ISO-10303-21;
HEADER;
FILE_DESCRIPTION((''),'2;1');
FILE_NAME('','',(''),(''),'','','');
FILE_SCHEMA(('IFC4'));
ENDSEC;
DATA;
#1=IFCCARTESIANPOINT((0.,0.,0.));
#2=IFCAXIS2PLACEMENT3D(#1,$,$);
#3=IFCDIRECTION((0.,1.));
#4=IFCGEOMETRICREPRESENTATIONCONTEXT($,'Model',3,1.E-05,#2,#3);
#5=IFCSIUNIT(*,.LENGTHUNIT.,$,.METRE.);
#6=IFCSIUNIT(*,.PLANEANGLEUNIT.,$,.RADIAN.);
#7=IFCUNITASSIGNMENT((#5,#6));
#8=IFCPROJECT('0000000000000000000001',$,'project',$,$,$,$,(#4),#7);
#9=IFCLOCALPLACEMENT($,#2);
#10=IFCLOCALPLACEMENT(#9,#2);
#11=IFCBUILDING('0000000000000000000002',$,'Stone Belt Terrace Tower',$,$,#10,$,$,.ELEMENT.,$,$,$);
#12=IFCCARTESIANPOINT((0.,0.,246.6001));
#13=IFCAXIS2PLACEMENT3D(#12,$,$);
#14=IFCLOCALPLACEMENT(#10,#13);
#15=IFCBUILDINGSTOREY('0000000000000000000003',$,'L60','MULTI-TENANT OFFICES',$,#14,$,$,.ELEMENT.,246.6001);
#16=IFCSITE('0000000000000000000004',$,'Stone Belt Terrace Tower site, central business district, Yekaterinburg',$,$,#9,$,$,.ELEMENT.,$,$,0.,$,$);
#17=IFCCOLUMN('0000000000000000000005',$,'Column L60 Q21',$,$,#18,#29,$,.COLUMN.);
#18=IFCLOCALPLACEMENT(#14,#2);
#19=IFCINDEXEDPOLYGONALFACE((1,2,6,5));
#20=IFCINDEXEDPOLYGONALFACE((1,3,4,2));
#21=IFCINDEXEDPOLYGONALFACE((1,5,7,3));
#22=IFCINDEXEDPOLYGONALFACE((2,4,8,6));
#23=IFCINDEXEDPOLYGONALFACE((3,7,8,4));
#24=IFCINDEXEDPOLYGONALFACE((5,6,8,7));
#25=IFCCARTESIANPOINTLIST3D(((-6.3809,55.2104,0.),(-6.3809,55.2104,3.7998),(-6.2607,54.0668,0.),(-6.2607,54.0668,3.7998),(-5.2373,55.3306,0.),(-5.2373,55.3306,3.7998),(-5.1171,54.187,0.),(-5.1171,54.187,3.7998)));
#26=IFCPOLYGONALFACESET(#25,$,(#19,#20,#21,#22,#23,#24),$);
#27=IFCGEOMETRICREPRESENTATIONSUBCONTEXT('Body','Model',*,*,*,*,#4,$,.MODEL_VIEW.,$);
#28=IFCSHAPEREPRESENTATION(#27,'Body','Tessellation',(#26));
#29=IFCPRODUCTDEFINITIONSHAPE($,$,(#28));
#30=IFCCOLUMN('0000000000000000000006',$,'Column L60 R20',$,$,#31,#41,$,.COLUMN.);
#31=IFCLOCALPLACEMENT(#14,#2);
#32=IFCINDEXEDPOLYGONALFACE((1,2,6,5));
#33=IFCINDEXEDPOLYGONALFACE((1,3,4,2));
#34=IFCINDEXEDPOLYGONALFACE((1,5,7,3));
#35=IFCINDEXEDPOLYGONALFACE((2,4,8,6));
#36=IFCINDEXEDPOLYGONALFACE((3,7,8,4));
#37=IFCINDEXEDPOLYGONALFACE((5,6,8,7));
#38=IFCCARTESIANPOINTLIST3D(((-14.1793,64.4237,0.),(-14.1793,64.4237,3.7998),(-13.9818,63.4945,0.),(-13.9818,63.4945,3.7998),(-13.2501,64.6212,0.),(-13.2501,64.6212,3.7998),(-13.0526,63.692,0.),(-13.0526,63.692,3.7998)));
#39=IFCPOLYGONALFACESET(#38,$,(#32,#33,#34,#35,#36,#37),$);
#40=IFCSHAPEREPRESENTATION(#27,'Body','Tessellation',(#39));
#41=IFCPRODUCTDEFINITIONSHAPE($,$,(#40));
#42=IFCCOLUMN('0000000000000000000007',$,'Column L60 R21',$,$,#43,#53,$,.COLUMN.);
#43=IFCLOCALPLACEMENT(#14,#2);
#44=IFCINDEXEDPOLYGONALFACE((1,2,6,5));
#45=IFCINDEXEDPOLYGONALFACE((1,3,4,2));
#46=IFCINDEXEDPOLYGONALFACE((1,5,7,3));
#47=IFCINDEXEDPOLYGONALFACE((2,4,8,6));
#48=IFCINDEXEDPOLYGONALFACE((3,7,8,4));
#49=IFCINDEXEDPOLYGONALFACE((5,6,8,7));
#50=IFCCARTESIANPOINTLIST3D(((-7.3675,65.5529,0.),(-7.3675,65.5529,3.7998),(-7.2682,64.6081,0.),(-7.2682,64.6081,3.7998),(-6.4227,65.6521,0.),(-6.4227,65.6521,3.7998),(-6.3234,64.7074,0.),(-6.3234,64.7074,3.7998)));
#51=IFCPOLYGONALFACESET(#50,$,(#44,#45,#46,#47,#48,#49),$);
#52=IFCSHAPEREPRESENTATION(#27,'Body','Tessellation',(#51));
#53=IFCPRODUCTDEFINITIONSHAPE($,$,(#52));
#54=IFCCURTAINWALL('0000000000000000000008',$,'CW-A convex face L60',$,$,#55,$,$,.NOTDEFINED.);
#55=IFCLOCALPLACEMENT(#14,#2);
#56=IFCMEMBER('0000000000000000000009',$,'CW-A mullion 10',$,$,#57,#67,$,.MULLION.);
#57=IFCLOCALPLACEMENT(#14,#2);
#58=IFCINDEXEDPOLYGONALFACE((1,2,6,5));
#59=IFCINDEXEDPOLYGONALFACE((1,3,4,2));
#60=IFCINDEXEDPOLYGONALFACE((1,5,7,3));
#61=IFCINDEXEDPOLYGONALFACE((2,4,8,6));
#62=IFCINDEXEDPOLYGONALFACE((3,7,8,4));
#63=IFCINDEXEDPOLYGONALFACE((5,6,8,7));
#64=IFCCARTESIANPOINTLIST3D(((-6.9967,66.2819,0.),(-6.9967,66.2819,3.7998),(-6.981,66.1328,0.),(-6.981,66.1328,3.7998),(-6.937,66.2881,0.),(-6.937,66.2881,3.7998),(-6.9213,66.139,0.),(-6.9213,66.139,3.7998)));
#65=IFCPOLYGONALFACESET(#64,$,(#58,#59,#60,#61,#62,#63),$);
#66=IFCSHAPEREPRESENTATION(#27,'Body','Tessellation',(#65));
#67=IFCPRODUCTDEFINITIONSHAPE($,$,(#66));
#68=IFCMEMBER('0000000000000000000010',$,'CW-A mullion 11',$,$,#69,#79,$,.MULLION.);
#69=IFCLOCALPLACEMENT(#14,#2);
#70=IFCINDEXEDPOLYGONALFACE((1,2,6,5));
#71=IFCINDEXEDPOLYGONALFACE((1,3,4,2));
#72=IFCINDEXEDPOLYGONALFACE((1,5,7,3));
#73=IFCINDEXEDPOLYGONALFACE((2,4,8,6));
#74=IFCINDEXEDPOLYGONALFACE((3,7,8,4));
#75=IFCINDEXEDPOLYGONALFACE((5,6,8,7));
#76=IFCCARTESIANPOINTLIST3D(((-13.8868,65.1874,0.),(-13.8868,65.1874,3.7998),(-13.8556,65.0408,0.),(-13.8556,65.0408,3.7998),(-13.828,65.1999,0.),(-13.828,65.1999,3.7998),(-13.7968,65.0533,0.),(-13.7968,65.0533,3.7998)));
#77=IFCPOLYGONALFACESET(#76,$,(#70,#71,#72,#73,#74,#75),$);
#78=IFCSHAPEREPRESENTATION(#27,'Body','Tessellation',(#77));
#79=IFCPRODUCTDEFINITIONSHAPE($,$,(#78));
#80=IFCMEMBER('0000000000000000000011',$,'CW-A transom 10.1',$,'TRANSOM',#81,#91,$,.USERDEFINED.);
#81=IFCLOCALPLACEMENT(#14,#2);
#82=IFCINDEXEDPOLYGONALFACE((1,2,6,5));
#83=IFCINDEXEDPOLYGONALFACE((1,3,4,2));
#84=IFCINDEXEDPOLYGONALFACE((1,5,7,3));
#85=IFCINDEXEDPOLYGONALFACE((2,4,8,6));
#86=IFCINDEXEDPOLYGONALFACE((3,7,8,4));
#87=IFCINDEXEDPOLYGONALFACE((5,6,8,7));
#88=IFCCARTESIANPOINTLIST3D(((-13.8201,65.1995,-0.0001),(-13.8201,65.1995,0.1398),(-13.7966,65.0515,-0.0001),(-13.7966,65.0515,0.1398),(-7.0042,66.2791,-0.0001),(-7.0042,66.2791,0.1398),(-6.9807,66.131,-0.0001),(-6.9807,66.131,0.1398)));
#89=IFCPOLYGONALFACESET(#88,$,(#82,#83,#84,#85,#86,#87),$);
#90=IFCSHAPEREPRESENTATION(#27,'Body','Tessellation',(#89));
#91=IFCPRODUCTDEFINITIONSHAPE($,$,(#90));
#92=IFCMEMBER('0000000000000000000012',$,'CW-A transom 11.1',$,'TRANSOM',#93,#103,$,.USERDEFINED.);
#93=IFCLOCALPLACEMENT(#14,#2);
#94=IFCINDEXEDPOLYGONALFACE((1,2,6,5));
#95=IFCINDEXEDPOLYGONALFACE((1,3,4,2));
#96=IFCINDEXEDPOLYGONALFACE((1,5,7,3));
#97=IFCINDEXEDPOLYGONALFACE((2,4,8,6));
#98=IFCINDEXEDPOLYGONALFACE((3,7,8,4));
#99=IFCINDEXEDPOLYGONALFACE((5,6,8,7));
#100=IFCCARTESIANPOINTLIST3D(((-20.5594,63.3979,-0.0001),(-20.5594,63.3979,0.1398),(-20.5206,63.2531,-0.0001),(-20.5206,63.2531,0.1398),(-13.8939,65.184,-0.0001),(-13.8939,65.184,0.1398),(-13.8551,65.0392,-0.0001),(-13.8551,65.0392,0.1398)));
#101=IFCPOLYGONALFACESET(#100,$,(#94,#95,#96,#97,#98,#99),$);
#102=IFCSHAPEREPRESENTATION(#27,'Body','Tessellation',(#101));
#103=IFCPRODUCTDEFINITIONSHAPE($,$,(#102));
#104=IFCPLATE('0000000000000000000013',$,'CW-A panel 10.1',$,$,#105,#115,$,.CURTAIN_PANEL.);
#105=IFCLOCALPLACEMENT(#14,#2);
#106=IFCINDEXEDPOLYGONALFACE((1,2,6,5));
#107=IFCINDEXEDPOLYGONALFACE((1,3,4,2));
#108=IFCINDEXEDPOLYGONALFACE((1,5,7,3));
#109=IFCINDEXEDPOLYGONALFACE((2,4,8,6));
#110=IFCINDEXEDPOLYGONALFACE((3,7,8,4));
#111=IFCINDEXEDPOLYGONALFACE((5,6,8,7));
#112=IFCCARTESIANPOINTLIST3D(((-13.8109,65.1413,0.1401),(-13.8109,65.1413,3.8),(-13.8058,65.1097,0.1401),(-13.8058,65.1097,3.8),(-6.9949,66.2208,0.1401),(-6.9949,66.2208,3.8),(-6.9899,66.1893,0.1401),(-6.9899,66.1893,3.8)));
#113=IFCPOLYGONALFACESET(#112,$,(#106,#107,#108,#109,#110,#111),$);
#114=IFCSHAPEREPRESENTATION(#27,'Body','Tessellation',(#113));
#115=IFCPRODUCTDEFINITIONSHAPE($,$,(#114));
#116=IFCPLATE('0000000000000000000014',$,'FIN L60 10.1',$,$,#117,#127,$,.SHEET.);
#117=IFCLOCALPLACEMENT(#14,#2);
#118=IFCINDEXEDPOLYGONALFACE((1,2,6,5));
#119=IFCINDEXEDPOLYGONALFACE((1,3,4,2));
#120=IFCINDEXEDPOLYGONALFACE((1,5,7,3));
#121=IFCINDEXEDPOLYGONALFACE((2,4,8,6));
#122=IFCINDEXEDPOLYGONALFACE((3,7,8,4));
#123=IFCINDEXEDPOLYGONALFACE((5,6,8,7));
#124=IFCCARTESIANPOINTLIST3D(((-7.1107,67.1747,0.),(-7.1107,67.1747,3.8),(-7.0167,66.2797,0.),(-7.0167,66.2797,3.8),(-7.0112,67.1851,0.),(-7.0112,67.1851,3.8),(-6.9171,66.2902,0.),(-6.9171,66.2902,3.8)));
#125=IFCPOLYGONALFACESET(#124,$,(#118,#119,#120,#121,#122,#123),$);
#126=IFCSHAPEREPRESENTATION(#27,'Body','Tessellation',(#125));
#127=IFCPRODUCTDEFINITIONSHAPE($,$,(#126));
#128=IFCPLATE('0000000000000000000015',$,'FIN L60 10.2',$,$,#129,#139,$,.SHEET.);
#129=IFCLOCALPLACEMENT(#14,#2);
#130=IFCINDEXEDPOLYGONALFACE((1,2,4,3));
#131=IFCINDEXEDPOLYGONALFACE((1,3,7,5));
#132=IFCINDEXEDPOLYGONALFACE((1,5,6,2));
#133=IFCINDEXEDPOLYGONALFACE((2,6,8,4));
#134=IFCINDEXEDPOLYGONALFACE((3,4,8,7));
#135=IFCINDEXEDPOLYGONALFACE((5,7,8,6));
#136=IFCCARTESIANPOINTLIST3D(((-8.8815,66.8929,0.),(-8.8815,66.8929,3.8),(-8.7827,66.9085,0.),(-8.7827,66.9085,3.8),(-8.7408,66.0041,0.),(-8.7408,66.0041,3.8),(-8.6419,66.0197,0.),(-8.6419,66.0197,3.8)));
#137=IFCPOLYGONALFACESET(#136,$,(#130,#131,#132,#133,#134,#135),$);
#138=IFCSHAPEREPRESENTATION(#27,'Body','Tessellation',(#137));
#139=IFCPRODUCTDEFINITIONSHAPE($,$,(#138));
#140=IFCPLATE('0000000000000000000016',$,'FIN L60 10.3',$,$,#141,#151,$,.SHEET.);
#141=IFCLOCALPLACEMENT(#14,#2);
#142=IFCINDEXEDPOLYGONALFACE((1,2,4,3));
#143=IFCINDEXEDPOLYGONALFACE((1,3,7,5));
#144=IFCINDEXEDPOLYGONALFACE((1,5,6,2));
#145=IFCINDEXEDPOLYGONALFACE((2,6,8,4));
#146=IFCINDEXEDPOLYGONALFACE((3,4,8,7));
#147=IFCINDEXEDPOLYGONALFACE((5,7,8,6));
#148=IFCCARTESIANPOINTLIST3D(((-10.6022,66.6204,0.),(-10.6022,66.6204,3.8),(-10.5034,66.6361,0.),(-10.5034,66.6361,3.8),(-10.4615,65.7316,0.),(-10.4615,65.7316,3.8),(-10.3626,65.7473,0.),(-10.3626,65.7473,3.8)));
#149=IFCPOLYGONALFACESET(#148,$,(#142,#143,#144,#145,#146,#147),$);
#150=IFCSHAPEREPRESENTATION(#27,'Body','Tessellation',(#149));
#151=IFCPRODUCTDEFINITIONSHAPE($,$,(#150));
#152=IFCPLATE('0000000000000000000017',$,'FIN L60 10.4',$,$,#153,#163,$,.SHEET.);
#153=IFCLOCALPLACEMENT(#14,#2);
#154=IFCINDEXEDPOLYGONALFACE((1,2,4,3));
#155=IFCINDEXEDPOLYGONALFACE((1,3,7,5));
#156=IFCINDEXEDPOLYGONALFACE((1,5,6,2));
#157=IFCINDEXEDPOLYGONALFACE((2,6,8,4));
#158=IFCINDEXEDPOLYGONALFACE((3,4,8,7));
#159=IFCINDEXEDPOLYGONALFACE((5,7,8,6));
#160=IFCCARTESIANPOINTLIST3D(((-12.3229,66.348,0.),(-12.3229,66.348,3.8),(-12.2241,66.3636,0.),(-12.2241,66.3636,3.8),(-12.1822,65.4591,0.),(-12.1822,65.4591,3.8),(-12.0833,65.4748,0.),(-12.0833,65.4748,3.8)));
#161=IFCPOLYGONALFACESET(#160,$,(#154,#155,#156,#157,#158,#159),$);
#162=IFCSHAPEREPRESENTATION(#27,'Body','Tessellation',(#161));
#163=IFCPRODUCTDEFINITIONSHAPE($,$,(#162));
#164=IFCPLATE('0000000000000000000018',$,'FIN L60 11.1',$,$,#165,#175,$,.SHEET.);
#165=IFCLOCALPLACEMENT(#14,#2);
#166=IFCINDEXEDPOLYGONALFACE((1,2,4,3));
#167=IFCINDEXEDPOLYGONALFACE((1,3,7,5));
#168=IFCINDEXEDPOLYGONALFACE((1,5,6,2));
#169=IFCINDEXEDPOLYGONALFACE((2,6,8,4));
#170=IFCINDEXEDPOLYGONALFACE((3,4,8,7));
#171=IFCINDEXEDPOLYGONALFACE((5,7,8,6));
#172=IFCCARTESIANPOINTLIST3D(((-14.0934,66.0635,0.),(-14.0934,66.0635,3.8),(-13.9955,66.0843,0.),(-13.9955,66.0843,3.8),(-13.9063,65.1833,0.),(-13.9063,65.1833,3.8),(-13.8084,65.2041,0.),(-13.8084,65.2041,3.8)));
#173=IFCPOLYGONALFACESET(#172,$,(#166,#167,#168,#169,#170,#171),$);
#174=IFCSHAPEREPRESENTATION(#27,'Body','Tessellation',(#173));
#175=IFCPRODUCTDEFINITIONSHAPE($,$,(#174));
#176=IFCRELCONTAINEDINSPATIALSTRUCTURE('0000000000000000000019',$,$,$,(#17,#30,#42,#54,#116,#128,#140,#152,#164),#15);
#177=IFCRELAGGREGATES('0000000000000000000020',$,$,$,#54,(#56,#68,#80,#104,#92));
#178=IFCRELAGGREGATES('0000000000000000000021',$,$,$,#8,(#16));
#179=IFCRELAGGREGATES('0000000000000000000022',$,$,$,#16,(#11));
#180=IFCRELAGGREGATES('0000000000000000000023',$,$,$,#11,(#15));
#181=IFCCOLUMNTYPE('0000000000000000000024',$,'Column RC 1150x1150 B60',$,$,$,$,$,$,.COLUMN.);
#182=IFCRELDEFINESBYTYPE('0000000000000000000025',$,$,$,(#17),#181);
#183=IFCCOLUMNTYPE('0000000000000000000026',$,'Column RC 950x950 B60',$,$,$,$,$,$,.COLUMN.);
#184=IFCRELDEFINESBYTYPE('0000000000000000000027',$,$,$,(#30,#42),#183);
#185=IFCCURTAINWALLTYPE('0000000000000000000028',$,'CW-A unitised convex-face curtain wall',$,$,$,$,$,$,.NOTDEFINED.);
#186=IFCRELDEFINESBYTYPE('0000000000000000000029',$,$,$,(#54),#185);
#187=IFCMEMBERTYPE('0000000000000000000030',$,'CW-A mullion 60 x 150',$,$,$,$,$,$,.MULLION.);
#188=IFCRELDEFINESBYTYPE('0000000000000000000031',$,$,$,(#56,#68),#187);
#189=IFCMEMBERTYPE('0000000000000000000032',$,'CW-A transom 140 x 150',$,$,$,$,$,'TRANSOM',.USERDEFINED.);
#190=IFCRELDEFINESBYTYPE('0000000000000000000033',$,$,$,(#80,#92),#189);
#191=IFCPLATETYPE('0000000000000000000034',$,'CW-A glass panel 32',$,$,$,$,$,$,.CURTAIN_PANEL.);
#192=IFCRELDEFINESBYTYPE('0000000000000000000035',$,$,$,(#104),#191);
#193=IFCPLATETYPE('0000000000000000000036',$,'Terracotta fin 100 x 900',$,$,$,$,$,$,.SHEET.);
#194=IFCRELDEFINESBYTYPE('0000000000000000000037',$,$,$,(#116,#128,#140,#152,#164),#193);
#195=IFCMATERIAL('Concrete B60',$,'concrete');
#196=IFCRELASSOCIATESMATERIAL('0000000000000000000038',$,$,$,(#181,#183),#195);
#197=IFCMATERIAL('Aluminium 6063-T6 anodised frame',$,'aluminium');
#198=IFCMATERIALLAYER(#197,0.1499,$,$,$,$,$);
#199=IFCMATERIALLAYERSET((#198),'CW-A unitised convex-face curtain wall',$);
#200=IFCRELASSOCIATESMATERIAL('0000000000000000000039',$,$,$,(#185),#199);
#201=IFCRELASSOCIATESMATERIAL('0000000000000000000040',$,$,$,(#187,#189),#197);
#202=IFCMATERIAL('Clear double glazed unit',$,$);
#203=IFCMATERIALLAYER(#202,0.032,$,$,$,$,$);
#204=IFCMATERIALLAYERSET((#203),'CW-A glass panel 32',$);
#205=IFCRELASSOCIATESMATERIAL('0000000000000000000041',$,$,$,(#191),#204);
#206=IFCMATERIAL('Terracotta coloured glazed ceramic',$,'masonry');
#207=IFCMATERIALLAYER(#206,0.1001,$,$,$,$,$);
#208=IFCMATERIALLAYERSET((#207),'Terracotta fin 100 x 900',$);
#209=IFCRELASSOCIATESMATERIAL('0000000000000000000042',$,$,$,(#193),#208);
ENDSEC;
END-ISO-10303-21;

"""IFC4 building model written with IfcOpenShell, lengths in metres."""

from ifc_helpers import new_model, si_unit, direction, frame, origin, origin_2d, place, context, subcontext, project, spatial, rectangle, extrude, material, layer, layer_set, material_profile, profile_set, type_object, element, aggregate, save


model = new_model("IFC4")

# Units and contexts
model_context = context("Model", 3, precision=1e-05, world=origin(), true_north=direction((0.0, 1.0)))
body_context = subcontext(model_context, "Body", "Model", "MODEL_VIEW")
ifc_project = project(units=[si_unit("LENGTHUNIT", "METRE"), si_unit("PLANEANGLEUNIT", "RADIAN")], contexts=[model_context])

# Site, building, storey
site_placement = place(None, origin())
site = spatial("IfcSite", under=ifc_project, at=site_placement, Name="Stone Belt Terrace Tower site, central business district, Yekaterinburg", CompositionType="ELEMENT", RefElevation=0.0)
building_placement = place(site_placement, origin())
building = spatial("IfcBuilding", under=site, at=building_placement, Name="Stone Belt Terrace Tower", CompositionType="ELEMENT")
storey_placement = place(building_placement, frame((0.0, 0.0, 246.6001)))
storey = spatial("IfcBuildingStorey", under=building, at=storey_placement, Name="L60", Description="MULTI-TENANT OFFICES", CompositionType="ELEMENT", Elevation=246.6001)

# Columns
ifc_material_1 = material(Name="Concrete B60", Category="concrete")
ifc_material_profile_1 = material_profile(ifc_material_1, rectangle(XDim=1.1499, YDim=1.1499, at=origin_2d()), Name="RC 1150x1150")
ifc_profile_set_1 = profile_set([ifc_material_profile_1], Name="Concrete B60")
column_type_1 = type_object("IfcColumnType", Name="Column RC 1150x1150 B60", PredefinedType="COLUMN", material=ifc_profile_set_1)
column_placement = place(storey_placement, frame((-5.749, 54.6987, 0.0), z_axis=(0.0, 0.0, 1.0), x_axis=(0.994522, 0.104528, 0.0)))
element("IfcColumn", 1, at=column_placement, inside=storey, type_object=column_type_1, Name="Column L60 Q21", PredefinedType="COLUMN", context=body_context, shape_type="SweptSolid", body=[
    extrude(rectangle(XDim=1.1499, YDim=1.1499, at=origin_2d()), origin(), (0.0, 0.0, 1.0), 3.7998),
])
ifc_material_profile_2 = material_profile(ifc_material_1, rectangle(XDim=0.95, YDim=0.95, at=origin_2d()), Name="RC 950x950")
ifc_profile_set_2 = profile_set([ifc_material_profile_2], Name="Concrete B60")
column_type_2 = type_object("IfcColumnType", Name="Column RC 950x950 B60", PredefinedType="COLUMN", material=ifc_profile_set_2)
for number, where, z_axis, x_axis, name in (
    (2, (-13.616, 64.0579, 0.0), (0.0, 0.0, 1.0), (0.978148, 0.207912, 0.0), "Column L60 R20"),
    (3, (-6.8455, 65.1301, 0.0), (0.0, 0.0, 1.0), (0.994522, 0.104528, 0.0), "Column L60 R21"),
):
    element("IfcColumn", number, at=place(storey_placement, frame(where, z_axis=z_axis, x_axis=x_axis)), inside=storey, type_object=column_type_2, Name=name, PredefinedType="COLUMN", context=body_context, shape_type="SweptSolid", body=[
        extrude(rectangle(XDim=0.95, YDim=0.95, at=origin_2d()), origin(), (0.0, 0.0, 1.0), 3.7998),
    ])

# Curtain wall, members, plate
ifc_material_2 = material(Name="Aluminium 6063-T6 anodised frame", Category="aluminium")
ifc_layer_1 = layer(ifc_material_2, 0.1499)
ifc_layer_set_1 = layer_set([ifc_layer_1], Name="CW-A unitised convex-face curtain wall")
curtain_wall_type = type_object("IfcCurtainWallType", Name="CW-A unitised convex-face curtain wall", PredefinedType="NOTDEFINED", material=ifc_layer_set_1)
curtain_wall_placement = place(storey_placement, origin())
curtain_wall = element("IfcCurtainWall", 4, at=curtain_wall_placement, inside=storey, type_object=curtain_wall_type, Name="CW-A convex face L60", PredefinedType="NOTDEFINED")
ifc_material_profile_3 = material_profile(ifc_material_2, rectangle(XDim=0.1499, YDim=0.0601, at=origin_2d()), Name="Aluminium 6063-T6 60x150")
ifc_profile_set_3 = profile_set([ifc_material_profile_3], Name="Aluminium 6063-T6 anodised frame")
member_type_1 = type_object("IfcMemberType", Name="CW-A mullion 60 x 150", PredefinedType="MULLION", material=ifc_profile_set_3)
member_1_placement = place(storey_placement, frame((-6.959, 66.2104, 0.0), z_axis=(0.0, 0.0, 1.0), x_axis=(0.104528, -0.994522, 0.0)))
member_1 = element("IfcMember", 5, at=member_1_placement, type_object=member_type_1, Name="CW-A mullion 10", PredefinedType="MULLION", context=body_context, shape_type="SweptSolid", body=[
    extrude(rectangle(XDim=0.1499, YDim=0.0601, at=origin_2d()), origin(), (0.0, 0.0, 1.0), 3.7998),
])
member_2_placement = place(storey_placement, frame((-13.8418, 65.1204, 0.0), z_axis=(0.0, 0.0, 1.0), x_axis=(0.207912, -0.978148, 0.0)))
member_2 = element("IfcMember", 6, at=member_2_placement, type_object=member_type_1, Name="CW-A mullion 11", PredefinedType="MULLION", context=body_context, shape_type="SweptSolid", body=[
    extrude(rectangle(XDim=0.1499, YDim=0.0601, at=origin_2d()), origin(), (0.0, 0.0, 1.0), 3.7998),
])
ifc_material_profile_4 = material_profile(ifc_material_2, rectangle(XDim=0.1499, YDim=0.1399, at=origin_2d()), Name="Aluminium 6063-T6 150x140")
ifc_profile_set_4 = profile_set([ifc_material_profile_4], Name="Aluminium 6063-T6 anodised frame")
member_type_2 = type_object("IfcMemberType", Name="CW-A transom 140 x 150", ElementType="TRANSOM", PredefinedType="USERDEFINED", material=ifc_profile_set_4)
member_3_placement = place(storey_placement, frame((-6.9924, 66.2051, 0.0698), z_axis=(-0.987687, -0.156442, 0.0), x_axis=(0.156442, -0.987687, 0.0)))
member_3 = element("IfcMember", 7, at=member_3_placement, type_object=member_type_2, Name="CW-A transom 10.1", ObjectType="TRANSOM", PredefinedType="USERDEFINED", context=body_context, shape_type="SweptSolid", body=[
    extrude(rectangle(XDim=0.1499, YDim=0.1399, at=origin_2d()), origin(), (0.0, 0.0, 1.0), 6.9009),
])
member_4_placement = place(storey_placement, frame((-13.8745, 65.1116, 0.0698), z_axis=(-0.965922, -0.258834, 0.0), x_axis=(0.258834, -0.965922, 0.0)))
member_4 = element("IfcMember", 8, at=member_4_placement, type_object=member_type_2, Name="CW-A transom 11.1", ObjectType="TRANSOM", PredefinedType="USERDEFINED", context=body_context, shape_type="SweptSolid", body=[
    extrude(rectangle(XDim=0.1499, YDim=0.1399, at=origin_2d()), origin(), (0.0, 0.0, 1.0), 6.9006),
])
ifc_material_3 = material(Name="Clear double glazed unit")
ifc_layer_2 = layer(ifc_material_3, 0.032)
ifc_layer_set_2 = layer_set([ifc_layer_2], Name="CW-A glass panel 32")
plate_type_1 = type_object("IfcPlateType", Name="CW-A glass panel 32", PredefinedType="CURTAIN_PANEL", material=ifc_layer_set_2)
plate_placement = place(storey_placement, frame((-10.4004, 65.6653, 0.1401), z_axis=(0.0, 0.0, 1.0), x_axis=(-0.987688, -0.156434, 0.0)))
plate = element("IfcPlate", 9, at=plate_placement, type_object=plate_type_1, Name="CW-A panel 10.1", PredefinedType="CURTAIN_PANEL", context=body_context, shape_type="SweptSolid", body=[
    extrude(rectangle(XDim=6.9009, YDim=0.032, at=origin_2d()), origin(), (0.0, 0.0, 1.0), 3.6599),
])
aggregate(curtain_wall, [member_1, member_2, member_3, plate, member_4])

# Plates
ifc_material_4 = material(Name="Terracotta coloured glazed ceramic", Category="masonry")
ifc_layer_3 = layer(ifc_material_4, 0.1001)
ifc_layer_set_3 = layer_set([ifc_layer_3], Name="Terracotta fin 100 x 900")
plate_type_2 = type_object("IfcPlateType", Name="Terracotta fin 100 x 900", PredefinedType="SHEET", material=ifc_layer_set_3)
for number, where, z_axis, x_axis, name in (
    (10, (-7.0139, 66.7324, 0.0), (0.0, 0.0, 1.0), (-0.104528, 0.994522, 0.0), "FIN L60 10.1"),
    (11, (-8.7617, 66.4563, 0.0), (0.0, 0.0, 1.0), (-0.156434, 0.987688, 0.0), "FIN L60 10.2"),
    (12, (-10.4824, 66.1838, 0.0), (0.0, 0.0, 1.0), (-0.156434, 0.987688, 0.0), "FIN L60 10.3"),
    (13, (-12.2031, 65.9114, 0.0), (0.0, 0.0, 1.0), (-0.156434, 0.987688, 0.0), "FIN L60 10.4"),
    (14, (-13.9509, 65.6338, 0.0), (0.0, 0.0, 1.0), (-0.207912, 0.978148, 0.0), "FIN L60 11.1"),
):
    element("IfcPlate", number, at=place(storey_placement, frame(where, z_axis=z_axis, x_axis=x_axis)), inside=storey, type_object=plate_type_2, Name=name, PredefinedType="SHEET", context=body_context, shape_type="SweptSolid", body=[
        extrude(rectangle(XDim=0.8999, YDim=0.1001, at=origin_2d()), origin(), (0.0, 0.0, 1.0), 3.8),
    ])

save(model, "model.ifc")
